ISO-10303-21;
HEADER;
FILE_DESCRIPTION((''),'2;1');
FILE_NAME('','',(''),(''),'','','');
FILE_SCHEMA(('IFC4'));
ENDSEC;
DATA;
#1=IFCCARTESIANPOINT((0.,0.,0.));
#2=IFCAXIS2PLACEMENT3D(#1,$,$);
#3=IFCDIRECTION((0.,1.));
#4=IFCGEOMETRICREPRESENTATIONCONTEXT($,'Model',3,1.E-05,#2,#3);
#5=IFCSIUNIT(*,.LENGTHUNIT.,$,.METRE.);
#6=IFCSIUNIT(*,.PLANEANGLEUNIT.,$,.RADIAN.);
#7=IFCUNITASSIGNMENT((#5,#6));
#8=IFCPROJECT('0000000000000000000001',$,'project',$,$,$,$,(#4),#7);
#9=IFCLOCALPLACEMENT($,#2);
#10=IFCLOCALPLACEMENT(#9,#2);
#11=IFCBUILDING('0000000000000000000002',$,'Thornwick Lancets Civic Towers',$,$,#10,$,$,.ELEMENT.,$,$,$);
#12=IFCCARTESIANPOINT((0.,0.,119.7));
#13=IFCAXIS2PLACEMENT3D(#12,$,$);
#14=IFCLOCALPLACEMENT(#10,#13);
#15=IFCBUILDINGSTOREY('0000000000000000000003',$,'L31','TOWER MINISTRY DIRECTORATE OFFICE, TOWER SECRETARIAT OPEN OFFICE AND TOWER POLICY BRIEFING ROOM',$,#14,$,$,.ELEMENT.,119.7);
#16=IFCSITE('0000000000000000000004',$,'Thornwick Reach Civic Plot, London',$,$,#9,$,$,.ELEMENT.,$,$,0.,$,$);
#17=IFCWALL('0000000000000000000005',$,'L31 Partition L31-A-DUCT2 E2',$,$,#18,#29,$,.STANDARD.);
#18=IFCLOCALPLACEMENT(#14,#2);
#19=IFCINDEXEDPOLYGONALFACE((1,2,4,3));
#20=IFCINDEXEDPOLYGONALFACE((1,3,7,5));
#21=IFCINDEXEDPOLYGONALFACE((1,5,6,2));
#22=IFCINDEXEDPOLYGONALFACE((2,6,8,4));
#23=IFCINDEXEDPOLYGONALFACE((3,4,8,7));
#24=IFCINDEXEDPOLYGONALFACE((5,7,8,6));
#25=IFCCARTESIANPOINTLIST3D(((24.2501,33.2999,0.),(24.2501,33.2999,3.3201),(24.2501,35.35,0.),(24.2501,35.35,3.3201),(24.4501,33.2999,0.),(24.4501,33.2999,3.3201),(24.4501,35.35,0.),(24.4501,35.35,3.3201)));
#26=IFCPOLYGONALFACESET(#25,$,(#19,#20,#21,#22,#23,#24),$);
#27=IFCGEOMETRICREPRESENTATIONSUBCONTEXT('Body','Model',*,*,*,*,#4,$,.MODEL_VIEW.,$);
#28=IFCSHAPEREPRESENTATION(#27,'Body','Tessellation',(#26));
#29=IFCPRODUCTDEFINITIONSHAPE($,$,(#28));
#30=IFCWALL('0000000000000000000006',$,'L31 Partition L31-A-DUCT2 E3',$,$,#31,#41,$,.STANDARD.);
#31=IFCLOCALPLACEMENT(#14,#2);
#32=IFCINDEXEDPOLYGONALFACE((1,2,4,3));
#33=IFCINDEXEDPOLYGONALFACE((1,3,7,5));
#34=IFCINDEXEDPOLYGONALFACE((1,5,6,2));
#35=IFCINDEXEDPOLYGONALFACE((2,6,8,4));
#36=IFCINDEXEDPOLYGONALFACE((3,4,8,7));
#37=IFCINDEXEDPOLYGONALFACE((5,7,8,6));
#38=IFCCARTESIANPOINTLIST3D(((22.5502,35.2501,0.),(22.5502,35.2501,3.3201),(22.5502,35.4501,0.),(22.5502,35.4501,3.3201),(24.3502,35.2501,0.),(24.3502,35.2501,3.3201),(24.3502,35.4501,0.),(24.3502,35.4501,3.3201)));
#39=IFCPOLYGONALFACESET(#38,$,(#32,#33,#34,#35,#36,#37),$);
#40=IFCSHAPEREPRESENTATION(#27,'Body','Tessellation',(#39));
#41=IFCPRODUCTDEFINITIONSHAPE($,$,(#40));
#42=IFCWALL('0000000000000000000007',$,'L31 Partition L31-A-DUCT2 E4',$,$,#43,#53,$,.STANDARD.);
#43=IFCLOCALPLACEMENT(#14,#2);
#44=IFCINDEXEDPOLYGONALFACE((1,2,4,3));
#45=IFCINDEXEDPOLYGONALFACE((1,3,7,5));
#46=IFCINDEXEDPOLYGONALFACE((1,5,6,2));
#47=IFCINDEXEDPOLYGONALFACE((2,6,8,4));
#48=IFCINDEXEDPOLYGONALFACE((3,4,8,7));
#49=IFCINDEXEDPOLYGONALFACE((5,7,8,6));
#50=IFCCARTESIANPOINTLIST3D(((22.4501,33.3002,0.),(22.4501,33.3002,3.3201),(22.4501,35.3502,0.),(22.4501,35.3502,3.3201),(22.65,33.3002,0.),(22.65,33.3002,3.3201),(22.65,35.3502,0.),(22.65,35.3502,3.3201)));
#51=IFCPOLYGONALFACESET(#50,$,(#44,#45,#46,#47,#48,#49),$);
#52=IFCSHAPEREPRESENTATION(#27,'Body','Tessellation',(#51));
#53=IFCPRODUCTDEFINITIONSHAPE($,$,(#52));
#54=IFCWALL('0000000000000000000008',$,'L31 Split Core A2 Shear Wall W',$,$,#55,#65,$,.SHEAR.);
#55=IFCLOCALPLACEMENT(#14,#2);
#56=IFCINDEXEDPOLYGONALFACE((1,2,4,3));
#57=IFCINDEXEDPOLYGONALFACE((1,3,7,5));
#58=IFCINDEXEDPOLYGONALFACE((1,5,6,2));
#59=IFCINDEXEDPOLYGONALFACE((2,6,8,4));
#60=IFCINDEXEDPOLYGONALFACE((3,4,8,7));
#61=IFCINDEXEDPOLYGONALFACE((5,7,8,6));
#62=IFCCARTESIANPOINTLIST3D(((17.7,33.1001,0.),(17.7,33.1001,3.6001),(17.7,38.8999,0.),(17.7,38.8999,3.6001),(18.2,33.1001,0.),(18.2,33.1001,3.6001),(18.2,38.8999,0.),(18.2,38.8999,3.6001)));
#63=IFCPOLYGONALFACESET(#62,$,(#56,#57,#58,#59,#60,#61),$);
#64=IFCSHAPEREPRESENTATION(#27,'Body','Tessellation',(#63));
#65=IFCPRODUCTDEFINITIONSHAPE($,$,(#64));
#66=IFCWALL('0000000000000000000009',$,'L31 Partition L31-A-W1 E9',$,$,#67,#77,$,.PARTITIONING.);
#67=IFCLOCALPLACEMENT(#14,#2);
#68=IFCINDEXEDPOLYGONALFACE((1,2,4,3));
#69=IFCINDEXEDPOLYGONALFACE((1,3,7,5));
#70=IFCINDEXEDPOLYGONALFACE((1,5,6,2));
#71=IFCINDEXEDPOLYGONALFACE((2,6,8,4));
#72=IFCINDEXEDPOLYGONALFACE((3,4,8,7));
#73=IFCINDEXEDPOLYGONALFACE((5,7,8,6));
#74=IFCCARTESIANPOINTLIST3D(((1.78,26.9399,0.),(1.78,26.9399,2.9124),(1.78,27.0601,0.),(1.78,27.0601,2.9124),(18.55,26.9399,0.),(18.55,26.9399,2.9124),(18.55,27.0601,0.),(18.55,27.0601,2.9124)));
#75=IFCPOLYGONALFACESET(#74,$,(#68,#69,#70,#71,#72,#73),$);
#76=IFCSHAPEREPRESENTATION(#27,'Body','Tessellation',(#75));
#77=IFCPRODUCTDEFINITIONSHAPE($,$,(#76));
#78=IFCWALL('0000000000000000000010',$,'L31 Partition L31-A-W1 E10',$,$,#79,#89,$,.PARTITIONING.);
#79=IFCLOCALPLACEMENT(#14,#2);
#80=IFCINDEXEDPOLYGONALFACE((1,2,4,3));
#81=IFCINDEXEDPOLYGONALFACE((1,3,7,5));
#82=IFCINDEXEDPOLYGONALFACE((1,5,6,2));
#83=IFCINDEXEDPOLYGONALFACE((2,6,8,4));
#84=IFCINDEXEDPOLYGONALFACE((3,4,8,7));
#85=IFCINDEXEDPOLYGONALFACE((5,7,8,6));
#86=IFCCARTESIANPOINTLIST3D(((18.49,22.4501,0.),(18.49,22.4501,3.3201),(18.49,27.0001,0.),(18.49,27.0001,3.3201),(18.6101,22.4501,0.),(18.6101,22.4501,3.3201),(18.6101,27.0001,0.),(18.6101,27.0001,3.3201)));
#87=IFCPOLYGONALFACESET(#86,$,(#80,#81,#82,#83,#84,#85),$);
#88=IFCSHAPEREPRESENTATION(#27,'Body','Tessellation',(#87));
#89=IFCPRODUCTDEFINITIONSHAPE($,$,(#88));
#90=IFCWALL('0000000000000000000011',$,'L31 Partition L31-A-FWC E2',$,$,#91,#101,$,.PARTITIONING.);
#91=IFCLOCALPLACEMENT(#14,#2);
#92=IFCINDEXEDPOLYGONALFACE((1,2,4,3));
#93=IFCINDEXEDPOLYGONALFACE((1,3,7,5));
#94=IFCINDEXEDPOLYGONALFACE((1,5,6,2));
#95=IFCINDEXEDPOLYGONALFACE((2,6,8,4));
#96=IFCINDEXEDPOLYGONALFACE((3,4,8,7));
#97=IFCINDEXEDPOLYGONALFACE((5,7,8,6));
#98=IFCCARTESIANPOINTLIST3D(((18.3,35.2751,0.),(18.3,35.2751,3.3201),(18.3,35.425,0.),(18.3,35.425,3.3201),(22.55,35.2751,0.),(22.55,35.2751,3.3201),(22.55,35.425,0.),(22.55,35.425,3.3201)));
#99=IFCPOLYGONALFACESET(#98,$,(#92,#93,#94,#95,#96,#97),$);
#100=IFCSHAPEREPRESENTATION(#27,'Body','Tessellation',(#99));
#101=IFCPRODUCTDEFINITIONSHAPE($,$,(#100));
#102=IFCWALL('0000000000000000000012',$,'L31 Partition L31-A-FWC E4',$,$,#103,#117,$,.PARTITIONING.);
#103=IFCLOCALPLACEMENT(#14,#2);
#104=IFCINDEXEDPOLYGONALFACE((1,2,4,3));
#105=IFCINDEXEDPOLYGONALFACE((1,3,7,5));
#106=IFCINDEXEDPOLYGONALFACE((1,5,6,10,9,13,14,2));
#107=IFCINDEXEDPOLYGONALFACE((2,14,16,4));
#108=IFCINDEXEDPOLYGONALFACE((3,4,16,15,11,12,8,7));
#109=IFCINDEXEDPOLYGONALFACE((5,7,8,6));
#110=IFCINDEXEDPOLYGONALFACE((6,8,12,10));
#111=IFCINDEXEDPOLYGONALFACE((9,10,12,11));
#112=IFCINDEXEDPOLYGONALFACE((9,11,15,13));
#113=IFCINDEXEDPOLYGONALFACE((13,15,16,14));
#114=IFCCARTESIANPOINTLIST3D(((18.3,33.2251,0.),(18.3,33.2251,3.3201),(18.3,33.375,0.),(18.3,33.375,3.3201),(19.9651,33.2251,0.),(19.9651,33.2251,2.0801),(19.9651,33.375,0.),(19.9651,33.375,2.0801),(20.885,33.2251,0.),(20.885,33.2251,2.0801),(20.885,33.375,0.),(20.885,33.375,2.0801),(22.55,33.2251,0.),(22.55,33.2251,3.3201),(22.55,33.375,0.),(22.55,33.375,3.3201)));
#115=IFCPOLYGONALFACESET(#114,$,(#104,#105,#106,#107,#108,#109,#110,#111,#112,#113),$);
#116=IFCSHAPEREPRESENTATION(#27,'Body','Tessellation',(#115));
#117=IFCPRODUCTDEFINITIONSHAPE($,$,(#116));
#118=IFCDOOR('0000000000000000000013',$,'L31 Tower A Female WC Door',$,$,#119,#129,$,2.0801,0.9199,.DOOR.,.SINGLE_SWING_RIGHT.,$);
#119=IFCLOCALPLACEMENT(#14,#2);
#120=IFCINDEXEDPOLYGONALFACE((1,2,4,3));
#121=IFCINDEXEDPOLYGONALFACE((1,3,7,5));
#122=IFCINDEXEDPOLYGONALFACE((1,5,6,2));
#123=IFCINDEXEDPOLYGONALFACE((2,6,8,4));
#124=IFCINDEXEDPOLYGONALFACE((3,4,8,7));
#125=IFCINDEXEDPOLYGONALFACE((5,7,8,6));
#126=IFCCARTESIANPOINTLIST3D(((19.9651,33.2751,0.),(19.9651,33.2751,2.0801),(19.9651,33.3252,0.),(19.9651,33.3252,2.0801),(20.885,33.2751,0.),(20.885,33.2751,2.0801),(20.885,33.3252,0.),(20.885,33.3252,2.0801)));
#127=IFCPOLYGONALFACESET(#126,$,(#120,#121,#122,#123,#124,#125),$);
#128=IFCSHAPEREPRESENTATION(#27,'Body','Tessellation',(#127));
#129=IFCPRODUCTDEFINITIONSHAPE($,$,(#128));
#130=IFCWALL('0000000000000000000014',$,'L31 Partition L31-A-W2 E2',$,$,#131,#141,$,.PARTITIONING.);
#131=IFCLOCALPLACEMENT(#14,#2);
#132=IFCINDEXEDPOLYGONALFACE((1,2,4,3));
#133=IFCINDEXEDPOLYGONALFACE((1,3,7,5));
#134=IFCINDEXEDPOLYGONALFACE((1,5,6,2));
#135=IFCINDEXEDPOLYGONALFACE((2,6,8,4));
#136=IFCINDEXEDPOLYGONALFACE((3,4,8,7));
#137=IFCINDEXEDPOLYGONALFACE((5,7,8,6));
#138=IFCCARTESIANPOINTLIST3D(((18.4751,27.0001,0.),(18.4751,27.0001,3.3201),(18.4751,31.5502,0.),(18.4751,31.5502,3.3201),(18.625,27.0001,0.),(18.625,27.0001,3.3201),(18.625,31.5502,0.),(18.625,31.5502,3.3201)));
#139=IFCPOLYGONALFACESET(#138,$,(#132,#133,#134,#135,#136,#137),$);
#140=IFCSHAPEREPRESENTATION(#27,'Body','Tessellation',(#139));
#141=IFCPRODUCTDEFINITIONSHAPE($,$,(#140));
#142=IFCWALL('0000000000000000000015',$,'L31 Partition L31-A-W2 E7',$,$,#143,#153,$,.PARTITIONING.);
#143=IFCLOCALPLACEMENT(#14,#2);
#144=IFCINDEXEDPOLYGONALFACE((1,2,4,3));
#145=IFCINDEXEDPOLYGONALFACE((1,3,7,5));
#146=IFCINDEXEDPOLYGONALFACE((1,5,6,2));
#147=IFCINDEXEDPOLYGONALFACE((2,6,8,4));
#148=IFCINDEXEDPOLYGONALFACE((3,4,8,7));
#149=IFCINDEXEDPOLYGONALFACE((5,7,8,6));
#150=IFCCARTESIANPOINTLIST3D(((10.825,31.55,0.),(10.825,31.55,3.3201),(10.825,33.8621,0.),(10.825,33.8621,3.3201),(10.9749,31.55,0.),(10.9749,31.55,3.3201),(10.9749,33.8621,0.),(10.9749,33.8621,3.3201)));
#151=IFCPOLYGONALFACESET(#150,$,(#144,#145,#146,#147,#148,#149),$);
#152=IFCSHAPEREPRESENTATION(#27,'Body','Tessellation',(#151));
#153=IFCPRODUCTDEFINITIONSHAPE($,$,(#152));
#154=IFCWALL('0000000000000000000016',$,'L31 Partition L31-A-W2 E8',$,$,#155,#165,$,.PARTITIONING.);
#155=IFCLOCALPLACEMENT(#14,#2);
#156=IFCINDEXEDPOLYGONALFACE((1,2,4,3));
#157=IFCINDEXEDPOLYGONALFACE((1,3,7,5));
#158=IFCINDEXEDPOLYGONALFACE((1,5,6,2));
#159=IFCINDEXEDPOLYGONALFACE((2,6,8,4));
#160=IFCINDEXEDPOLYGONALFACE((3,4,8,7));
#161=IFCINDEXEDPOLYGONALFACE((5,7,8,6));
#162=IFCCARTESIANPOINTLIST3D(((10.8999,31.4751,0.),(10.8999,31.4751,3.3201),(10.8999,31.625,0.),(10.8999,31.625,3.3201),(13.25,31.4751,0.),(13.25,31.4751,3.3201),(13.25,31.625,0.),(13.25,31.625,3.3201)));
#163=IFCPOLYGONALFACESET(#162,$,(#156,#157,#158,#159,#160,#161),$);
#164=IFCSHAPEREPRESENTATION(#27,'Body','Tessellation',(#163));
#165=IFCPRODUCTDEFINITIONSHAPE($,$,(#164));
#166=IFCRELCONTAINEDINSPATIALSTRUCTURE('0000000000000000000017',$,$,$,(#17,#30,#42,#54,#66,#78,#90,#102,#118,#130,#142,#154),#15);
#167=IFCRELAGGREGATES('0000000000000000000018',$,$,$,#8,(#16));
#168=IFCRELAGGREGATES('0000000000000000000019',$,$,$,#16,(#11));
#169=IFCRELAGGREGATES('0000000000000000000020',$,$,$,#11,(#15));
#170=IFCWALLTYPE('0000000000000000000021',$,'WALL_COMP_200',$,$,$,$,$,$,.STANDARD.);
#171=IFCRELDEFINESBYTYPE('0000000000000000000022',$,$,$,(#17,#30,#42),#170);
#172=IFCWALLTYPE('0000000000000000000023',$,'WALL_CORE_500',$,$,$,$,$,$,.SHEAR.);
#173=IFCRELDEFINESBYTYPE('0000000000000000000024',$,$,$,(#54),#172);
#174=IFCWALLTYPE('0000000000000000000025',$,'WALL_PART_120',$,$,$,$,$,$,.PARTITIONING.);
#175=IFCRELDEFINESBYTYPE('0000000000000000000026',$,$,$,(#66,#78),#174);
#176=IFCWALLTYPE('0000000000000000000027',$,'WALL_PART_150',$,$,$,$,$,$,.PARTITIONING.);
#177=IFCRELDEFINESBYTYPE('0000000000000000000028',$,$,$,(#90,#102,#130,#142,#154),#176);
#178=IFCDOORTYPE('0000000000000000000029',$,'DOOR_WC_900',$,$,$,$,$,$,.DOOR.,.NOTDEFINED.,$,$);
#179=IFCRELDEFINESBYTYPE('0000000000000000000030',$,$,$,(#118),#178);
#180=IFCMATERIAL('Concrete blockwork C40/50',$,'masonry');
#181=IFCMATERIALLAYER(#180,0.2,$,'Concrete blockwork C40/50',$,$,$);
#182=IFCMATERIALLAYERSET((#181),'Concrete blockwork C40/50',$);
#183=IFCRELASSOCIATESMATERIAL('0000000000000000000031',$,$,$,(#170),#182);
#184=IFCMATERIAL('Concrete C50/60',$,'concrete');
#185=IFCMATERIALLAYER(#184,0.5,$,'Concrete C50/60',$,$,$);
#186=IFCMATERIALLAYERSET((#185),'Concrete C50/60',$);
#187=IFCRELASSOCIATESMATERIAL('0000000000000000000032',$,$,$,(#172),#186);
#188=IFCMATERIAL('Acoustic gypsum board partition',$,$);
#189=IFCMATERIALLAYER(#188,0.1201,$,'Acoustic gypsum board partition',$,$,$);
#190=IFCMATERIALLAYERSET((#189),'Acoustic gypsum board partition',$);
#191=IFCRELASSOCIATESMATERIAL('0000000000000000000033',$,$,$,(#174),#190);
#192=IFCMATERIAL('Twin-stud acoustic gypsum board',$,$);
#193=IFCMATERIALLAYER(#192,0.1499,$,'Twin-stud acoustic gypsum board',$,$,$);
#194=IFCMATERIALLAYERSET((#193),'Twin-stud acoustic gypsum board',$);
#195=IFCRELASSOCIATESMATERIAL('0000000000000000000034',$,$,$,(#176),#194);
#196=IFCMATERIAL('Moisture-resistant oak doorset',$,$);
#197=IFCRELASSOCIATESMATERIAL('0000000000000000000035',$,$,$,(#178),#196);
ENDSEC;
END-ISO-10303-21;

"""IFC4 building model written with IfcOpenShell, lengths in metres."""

from ifc_helpers import new_model, si_unit, direction, frame, frame_2d, origin, place, context, subcontext, project, spatial, rectangle, extrude, material, layer, layer_set, type_object, element, fill, save


model = new_model("IFC4")

# Units and contexts
model_context = context("Model", 3, precision=1e-05, world=origin(), true_north=direction((0.0, 1.0)))
body_context = subcontext(model_context, "Body", "Model", "MODEL_VIEW")
ifc_project = project(units=[si_unit("LENGTHUNIT", "METRE"), si_unit("PLANEANGLEUNIT", "RADIAN")], contexts=[model_context])

# Site, building, storey
site_placement = place(None, origin())
site = spatial("IfcSite", under=ifc_project, at=site_placement, Name="Thornwick Reach Civic Plot, London", CompositionType="ELEMENT", RefElevation=0.0)
building_placement = place(site_placement, origin())
building = spatial("IfcBuilding", under=site, at=building_placement, Name="Thornwick Lancets Civic Towers", CompositionType="ELEMENT")
storey_placement = place(building_placement, frame((0.0, 0.0, 119.7)))
storey = spatial("IfcBuildingStorey", under=building, at=storey_placement, Name="L31", Description="TOWER MINISTRY DIRECTORATE OFFICE, TOWER SECRETARIAT OPEN OFFICE AND TOWER POLICY BRIEFING ROOM", CompositionType="ELEMENT", Elevation=119.7)

# Shared definitions
ifc_material_1 = material(Name="Concrete blockwork C40/50", Category="masonry")
ifc_layer_1 = layer(ifc_material_1, 0.2, Name="Concrete blockwork C40/50")
ifc_layer_set_1 = layer_set([ifc_layer_1], Name="Concrete blockwork C40/50")
wall_type_1 = type_object("IfcWallType", Name="WALL_COMP_200", PredefinedType="STANDARD", material=ifc_layer_set_1)

# Walls
wall_1_placement = place(storey_placement, frame((24.3501, 33.3, 0.0), z_axis=(0.0, 0.0, 1.0), x_axis=(0.0, 1.0, 0.0)))
element("IfcWall", 1, at=wall_1_placement, inside=storey, type_object=wall_type_1, Name="L31 Partition L31-A-DUCT2 E2", PredefinedType="STANDARD", context=body_context, shape_type="SweptSolid", body=[
    extrude(rectangle(XDim=2.05, YDim=0.2, at=frame_2d((1.0249, 0.0))), origin(), (0.0, 0.0, 1.0), 3.3201),
])
wall_2_placement = place(storey_placement, frame((24.3501, 35.3501, 0.0), z_axis=(0.0, 0.0, 1.0), x_axis=(-1.0, 0.0, 0.0)))
element("IfcWall", 2, at=wall_2_placement, inside=storey, type_object=wall_type_1, Name="L31 Partition L31-A-DUCT2 E3", PredefinedType="STANDARD", context=body_context, shape_type="SweptSolid", body=[
    extrude(rectangle(XDim=1.8, YDim=0.2, at=frame_2d((0.8999, 0.0))), origin(), (0.0, 0.0, 1.0), 3.3201),
])
wall_3_placement = place(storey_placement, frame((22.55, 35.3501, 0.0), z_axis=(0.0, 0.0, 1.0), x_axis=(0.0, -1.0, 0.0)))
element("IfcWall", 3, at=wall_3_placement, inside=storey, type_object=wall_type_1, Name="L31 Partition L31-A-DUCT2 E4", PredefinedType="STANDARD", context=body_context, shape_type="SweptSolid", body=[
    extrude(rectangle(XDim=2.05, YDim=0.2, at=frame_2d((1.0249, 0.0))), origin(), (0.0, 0.0, 1.0), 3.3201),
])
ifc_material_2 = material(Name="Concrete C50/60", Category="concrete")
ifc_layer_2 = layer(ifc_material_2, 0.5, Name="Concrete C50/60")
ifc_layer_set_2 = layer_set([ifc_layer_2], Name="Concrete C50/60")
wall_type_2 = type_object("IfcWallType", Name="WALL_CORE_500", PredefinedType="SHEAR", material=ifc_layer_set_2)
wall_4_placement = place(storey_placement, frame((17.95, 33.1001, 0.0), z_axis=(0.0, 0.0, 1.0), x_axis=(0.0, 1.0, 0.0)))
element("IfcWall", 4, at=wall_4_placement, inside=storey, type_object=wall_type_2, Name="L31 Split Core A2 Shear Wall W", PredefinedType="SHEAR", context=body_context, shape_type="SweptSolid", body=[
    extrude(rectangle(XDim=5.7998, YDim=0.5, at=frame_2d((2.8999, 0.0))), origin(), (0.0, 0.0, 1.0), 3.6001),
])
ifc_material_3 = material(Name="Acoustic gypsum board partition")
ifc_layer_3 = layer(ifc_material_3, 0.1201, Name="Acoustic gypsum board partition")
ifc_layer_set_3 = layer_set([ifc_layer_3], Name="Acoustic gypsum board partition")
wall_type_3 = type_object("IfcWallType", Name="WALL_PART_120", PredefinedType="PARTITIONING", material=ifc_layer_set_3)
wall_5_placement = place(storey_placement, frame((1.78, 27.0, 0.0), z_axis=(0.0, 0.0, 1.0), x_axis=(1.0, 0.0, 0.0)))
element("IfcWall", 5, at=wall_5_placement, inside=storey, type_object=wall_type_3, Name="L31 Partition L31-A-W1 E9", PredefinedType="PARTITIONING", context=body_context, shape_type="SweptSolid", body=[
    extrude(rectangle(XDim=16.77, YDim=0.1201, at=frame_2d((8.385, 0.0))), origin(), (0.0, 0.0, 1.0), 2.9124),
])
wall_6_placement = place(storey_placement, frame((18.55, 27.0, 0.0), z_axis=(0.0, 0.0, 1.0), x_axis=(0.0, -1.0, 0.0)))
element("IfcWall", 6, at=wall_6_placement, inside=storey, type_object=wall_type_3, Name="L31 Partition L31-A-W1 E10", PredefinedType="PARTITIONING", context=body_context, shape_type="SweptSolid", body=[
    extrude(rectangle(XDim=4.55, YDim=0.1201, at=frame_2d((2.2749, 0.0))), origin(), (0.0, 0.0, 1.0), 3.3201),
])
ifc_material_4 = material(Name="Twin-stud acoustic gypsum board")
ifc_layer_4 = layer(ifc_material_4, 0.1499, Name="Twin-stud acoustic gypsum board")
ifc_layer_set_4 = layer_set([ifc_layer_4], Name="Twin-stud acoustic gypsum board")
wall_type_4 = type_object("IfcWallType", Name="WALL_PART_150", PredefinedType="PARTITIONING", material=ifc_layer_set_4)
wall_7_placement = place(storey_placement, frame((18.3, 35.3501, 0.0), z_axis=(0.0, 0.0, 1.0), x_axis=(1.0, 0.0, 0.0)))
element("IfcWall", 7, at=wall_7_placement, inside=storey, type_object=wall_type_4, Name="L31 Partition L31-A-FWC E2", PredefinedType="PARTITIONING", context=body_context, shape_type="SweptSolid", body=[
    extrude(rectangle(XDim=4.25, YDim=0.1499, at=frame_2d((2.125, 0.0))), origin(), (0.0, 0.0, 1.0), 3.3201),
])

# Wall, opening, door
wall_8_placement = place(storey_placement, frame((22.55, 33.3, 0.0), z_axis=(0.0, 0.0, 1.0), x_axis=(-1.0, 0.0, 0.0)))
wall_8 = element("IfcWall", 8, at=wall_8_placement, inside=storey, type_object=wall_type_4, Name="L31 Partition L31-A-FWC E4", PredefinedType="PARTITIONING", context=body_context, shape_type="SweptSolid", body=[
    extrude(rectangle(XDim=4.25, YDim=0.1499, at=frame_2d((2.125, 0.0))), origin(), (0.0, 0.0, 1.0), 3.3201),
])
opening_1_placement = place(wall_8_placement, frame((1.665, 0.0, 0.0)))
opening_1 = element("IfcOpeningElement", 9, at=opening_1_placement, cuts=wall_8, PredefinedType="OPENING", context=body_context, shape_type="SweptSolid", body=[
    extrude(rectangle(XDim=0.9199, YDim=2.0801, at=frame_2d((0.46, 1.04))), frame((0.0, 0.085, 0.0), z_axis=(0.0, -1.0, 0.0), x_axis=(1.0, 0.0, 0.0)), (0.0, 0.0, 1.0), 0.1699),
])
ifc_material_5 = material(Name="Moisture-resistant oak doorset")
door_type_1 = type_object("IfcDoorType", Name="DOOR_WC_900", OperationType="NOTDEFINED", PredefinedType="DOOR", material=ifc_material_5)
door_1_placement = place(opening_1_placement, origin())
door_1 = element("IfcDoor", 10, at=door_1_placement, inside=storey, type_object=door_type_1, Name="L31 Tower A Female WC Door", OperationType="SINGLE_SWING_RIGHT", OverallHeight=2.0801, OverallWidth=0.9199, PredefinedType="DOOR", context=body_context, shape_type="SweptSolid", body=[
    extrude(rectangle(XDim=0.9199, YDim=2.0801, at=frame_2d((0.46, 1.04))), frame((0.0, 0.0249, 0.0), z_axis=(0.0, -1.0, 0.0), x_axis=(1.0, 0.0, 0.0)), (0.0, 0.0, 1.0), 0.05),
])
fill(opening_1, door_1)

# Walls
wall_9_placement = place(storey_placement, frame((18.55, 31.55, 0.0), z_axis=(0.0, 0.0, 1.0), x_axis=(0.0, -1.0, 0.0)))
element("IfcWall", 11, at=wall_9_placement, inside=storey, type_object=wall_type_4, Name="L31 Partition L31-A-W2 E2", PredefinedType="PARTITIONING", context=body_context, shape_type="SweptSolid", body=[
    extrude(rectangle(XDim=4.55, YDim=0.1499, at=frame_2d((2.2749, 0.0))), origin(), (0.0, 0.0, 1.0), 3.3201),
])
wall_10_placement = place(storey_placement, frame((10.8999, 33.8621, 0.0), z_axis=(0.0, 0.0, 1.0), x_axis=(0.0, -1.0, 0.0)))
element("IfcWall", 12, at=wall_10_placement, inside=storey, type_object=wall_type_4, Name="L31 Partition L31-A-W2 E7", PredefinedType="PARTITIONING", context=body_context, shape_type="SweptSolid", body=[
    extrude(rectangle(XDim=2.312, YDim=0.1499, at=frame_2d((1.156, 0.0))), origin(), (0.0, 0.0, 1.0), 3.3201),
])
wall_11_placement = place(storey_placement, frame((10.8999, 31.55, 0.0), z_axis=(0.0, 0.0, 1.0), x_axis=(1.0, 0.0, 0.0)))
element("IfcWall", 13, at=wall_11_placement, inside=storey, type_object=wall_type_4, Name="L31 Partition L31-A-W2 E8", PredefinedType="PARTITIONING", context=body_context, shape_type="SweptSolid", body=[
    extrude(rectangle(XDim=2.3501, YDim=0.1499, at=frame_2d((1.175, 0.0))), origin(), (0.0, 0.0, 1.0), 3.3201),
])

save(model, "model.ifc")
